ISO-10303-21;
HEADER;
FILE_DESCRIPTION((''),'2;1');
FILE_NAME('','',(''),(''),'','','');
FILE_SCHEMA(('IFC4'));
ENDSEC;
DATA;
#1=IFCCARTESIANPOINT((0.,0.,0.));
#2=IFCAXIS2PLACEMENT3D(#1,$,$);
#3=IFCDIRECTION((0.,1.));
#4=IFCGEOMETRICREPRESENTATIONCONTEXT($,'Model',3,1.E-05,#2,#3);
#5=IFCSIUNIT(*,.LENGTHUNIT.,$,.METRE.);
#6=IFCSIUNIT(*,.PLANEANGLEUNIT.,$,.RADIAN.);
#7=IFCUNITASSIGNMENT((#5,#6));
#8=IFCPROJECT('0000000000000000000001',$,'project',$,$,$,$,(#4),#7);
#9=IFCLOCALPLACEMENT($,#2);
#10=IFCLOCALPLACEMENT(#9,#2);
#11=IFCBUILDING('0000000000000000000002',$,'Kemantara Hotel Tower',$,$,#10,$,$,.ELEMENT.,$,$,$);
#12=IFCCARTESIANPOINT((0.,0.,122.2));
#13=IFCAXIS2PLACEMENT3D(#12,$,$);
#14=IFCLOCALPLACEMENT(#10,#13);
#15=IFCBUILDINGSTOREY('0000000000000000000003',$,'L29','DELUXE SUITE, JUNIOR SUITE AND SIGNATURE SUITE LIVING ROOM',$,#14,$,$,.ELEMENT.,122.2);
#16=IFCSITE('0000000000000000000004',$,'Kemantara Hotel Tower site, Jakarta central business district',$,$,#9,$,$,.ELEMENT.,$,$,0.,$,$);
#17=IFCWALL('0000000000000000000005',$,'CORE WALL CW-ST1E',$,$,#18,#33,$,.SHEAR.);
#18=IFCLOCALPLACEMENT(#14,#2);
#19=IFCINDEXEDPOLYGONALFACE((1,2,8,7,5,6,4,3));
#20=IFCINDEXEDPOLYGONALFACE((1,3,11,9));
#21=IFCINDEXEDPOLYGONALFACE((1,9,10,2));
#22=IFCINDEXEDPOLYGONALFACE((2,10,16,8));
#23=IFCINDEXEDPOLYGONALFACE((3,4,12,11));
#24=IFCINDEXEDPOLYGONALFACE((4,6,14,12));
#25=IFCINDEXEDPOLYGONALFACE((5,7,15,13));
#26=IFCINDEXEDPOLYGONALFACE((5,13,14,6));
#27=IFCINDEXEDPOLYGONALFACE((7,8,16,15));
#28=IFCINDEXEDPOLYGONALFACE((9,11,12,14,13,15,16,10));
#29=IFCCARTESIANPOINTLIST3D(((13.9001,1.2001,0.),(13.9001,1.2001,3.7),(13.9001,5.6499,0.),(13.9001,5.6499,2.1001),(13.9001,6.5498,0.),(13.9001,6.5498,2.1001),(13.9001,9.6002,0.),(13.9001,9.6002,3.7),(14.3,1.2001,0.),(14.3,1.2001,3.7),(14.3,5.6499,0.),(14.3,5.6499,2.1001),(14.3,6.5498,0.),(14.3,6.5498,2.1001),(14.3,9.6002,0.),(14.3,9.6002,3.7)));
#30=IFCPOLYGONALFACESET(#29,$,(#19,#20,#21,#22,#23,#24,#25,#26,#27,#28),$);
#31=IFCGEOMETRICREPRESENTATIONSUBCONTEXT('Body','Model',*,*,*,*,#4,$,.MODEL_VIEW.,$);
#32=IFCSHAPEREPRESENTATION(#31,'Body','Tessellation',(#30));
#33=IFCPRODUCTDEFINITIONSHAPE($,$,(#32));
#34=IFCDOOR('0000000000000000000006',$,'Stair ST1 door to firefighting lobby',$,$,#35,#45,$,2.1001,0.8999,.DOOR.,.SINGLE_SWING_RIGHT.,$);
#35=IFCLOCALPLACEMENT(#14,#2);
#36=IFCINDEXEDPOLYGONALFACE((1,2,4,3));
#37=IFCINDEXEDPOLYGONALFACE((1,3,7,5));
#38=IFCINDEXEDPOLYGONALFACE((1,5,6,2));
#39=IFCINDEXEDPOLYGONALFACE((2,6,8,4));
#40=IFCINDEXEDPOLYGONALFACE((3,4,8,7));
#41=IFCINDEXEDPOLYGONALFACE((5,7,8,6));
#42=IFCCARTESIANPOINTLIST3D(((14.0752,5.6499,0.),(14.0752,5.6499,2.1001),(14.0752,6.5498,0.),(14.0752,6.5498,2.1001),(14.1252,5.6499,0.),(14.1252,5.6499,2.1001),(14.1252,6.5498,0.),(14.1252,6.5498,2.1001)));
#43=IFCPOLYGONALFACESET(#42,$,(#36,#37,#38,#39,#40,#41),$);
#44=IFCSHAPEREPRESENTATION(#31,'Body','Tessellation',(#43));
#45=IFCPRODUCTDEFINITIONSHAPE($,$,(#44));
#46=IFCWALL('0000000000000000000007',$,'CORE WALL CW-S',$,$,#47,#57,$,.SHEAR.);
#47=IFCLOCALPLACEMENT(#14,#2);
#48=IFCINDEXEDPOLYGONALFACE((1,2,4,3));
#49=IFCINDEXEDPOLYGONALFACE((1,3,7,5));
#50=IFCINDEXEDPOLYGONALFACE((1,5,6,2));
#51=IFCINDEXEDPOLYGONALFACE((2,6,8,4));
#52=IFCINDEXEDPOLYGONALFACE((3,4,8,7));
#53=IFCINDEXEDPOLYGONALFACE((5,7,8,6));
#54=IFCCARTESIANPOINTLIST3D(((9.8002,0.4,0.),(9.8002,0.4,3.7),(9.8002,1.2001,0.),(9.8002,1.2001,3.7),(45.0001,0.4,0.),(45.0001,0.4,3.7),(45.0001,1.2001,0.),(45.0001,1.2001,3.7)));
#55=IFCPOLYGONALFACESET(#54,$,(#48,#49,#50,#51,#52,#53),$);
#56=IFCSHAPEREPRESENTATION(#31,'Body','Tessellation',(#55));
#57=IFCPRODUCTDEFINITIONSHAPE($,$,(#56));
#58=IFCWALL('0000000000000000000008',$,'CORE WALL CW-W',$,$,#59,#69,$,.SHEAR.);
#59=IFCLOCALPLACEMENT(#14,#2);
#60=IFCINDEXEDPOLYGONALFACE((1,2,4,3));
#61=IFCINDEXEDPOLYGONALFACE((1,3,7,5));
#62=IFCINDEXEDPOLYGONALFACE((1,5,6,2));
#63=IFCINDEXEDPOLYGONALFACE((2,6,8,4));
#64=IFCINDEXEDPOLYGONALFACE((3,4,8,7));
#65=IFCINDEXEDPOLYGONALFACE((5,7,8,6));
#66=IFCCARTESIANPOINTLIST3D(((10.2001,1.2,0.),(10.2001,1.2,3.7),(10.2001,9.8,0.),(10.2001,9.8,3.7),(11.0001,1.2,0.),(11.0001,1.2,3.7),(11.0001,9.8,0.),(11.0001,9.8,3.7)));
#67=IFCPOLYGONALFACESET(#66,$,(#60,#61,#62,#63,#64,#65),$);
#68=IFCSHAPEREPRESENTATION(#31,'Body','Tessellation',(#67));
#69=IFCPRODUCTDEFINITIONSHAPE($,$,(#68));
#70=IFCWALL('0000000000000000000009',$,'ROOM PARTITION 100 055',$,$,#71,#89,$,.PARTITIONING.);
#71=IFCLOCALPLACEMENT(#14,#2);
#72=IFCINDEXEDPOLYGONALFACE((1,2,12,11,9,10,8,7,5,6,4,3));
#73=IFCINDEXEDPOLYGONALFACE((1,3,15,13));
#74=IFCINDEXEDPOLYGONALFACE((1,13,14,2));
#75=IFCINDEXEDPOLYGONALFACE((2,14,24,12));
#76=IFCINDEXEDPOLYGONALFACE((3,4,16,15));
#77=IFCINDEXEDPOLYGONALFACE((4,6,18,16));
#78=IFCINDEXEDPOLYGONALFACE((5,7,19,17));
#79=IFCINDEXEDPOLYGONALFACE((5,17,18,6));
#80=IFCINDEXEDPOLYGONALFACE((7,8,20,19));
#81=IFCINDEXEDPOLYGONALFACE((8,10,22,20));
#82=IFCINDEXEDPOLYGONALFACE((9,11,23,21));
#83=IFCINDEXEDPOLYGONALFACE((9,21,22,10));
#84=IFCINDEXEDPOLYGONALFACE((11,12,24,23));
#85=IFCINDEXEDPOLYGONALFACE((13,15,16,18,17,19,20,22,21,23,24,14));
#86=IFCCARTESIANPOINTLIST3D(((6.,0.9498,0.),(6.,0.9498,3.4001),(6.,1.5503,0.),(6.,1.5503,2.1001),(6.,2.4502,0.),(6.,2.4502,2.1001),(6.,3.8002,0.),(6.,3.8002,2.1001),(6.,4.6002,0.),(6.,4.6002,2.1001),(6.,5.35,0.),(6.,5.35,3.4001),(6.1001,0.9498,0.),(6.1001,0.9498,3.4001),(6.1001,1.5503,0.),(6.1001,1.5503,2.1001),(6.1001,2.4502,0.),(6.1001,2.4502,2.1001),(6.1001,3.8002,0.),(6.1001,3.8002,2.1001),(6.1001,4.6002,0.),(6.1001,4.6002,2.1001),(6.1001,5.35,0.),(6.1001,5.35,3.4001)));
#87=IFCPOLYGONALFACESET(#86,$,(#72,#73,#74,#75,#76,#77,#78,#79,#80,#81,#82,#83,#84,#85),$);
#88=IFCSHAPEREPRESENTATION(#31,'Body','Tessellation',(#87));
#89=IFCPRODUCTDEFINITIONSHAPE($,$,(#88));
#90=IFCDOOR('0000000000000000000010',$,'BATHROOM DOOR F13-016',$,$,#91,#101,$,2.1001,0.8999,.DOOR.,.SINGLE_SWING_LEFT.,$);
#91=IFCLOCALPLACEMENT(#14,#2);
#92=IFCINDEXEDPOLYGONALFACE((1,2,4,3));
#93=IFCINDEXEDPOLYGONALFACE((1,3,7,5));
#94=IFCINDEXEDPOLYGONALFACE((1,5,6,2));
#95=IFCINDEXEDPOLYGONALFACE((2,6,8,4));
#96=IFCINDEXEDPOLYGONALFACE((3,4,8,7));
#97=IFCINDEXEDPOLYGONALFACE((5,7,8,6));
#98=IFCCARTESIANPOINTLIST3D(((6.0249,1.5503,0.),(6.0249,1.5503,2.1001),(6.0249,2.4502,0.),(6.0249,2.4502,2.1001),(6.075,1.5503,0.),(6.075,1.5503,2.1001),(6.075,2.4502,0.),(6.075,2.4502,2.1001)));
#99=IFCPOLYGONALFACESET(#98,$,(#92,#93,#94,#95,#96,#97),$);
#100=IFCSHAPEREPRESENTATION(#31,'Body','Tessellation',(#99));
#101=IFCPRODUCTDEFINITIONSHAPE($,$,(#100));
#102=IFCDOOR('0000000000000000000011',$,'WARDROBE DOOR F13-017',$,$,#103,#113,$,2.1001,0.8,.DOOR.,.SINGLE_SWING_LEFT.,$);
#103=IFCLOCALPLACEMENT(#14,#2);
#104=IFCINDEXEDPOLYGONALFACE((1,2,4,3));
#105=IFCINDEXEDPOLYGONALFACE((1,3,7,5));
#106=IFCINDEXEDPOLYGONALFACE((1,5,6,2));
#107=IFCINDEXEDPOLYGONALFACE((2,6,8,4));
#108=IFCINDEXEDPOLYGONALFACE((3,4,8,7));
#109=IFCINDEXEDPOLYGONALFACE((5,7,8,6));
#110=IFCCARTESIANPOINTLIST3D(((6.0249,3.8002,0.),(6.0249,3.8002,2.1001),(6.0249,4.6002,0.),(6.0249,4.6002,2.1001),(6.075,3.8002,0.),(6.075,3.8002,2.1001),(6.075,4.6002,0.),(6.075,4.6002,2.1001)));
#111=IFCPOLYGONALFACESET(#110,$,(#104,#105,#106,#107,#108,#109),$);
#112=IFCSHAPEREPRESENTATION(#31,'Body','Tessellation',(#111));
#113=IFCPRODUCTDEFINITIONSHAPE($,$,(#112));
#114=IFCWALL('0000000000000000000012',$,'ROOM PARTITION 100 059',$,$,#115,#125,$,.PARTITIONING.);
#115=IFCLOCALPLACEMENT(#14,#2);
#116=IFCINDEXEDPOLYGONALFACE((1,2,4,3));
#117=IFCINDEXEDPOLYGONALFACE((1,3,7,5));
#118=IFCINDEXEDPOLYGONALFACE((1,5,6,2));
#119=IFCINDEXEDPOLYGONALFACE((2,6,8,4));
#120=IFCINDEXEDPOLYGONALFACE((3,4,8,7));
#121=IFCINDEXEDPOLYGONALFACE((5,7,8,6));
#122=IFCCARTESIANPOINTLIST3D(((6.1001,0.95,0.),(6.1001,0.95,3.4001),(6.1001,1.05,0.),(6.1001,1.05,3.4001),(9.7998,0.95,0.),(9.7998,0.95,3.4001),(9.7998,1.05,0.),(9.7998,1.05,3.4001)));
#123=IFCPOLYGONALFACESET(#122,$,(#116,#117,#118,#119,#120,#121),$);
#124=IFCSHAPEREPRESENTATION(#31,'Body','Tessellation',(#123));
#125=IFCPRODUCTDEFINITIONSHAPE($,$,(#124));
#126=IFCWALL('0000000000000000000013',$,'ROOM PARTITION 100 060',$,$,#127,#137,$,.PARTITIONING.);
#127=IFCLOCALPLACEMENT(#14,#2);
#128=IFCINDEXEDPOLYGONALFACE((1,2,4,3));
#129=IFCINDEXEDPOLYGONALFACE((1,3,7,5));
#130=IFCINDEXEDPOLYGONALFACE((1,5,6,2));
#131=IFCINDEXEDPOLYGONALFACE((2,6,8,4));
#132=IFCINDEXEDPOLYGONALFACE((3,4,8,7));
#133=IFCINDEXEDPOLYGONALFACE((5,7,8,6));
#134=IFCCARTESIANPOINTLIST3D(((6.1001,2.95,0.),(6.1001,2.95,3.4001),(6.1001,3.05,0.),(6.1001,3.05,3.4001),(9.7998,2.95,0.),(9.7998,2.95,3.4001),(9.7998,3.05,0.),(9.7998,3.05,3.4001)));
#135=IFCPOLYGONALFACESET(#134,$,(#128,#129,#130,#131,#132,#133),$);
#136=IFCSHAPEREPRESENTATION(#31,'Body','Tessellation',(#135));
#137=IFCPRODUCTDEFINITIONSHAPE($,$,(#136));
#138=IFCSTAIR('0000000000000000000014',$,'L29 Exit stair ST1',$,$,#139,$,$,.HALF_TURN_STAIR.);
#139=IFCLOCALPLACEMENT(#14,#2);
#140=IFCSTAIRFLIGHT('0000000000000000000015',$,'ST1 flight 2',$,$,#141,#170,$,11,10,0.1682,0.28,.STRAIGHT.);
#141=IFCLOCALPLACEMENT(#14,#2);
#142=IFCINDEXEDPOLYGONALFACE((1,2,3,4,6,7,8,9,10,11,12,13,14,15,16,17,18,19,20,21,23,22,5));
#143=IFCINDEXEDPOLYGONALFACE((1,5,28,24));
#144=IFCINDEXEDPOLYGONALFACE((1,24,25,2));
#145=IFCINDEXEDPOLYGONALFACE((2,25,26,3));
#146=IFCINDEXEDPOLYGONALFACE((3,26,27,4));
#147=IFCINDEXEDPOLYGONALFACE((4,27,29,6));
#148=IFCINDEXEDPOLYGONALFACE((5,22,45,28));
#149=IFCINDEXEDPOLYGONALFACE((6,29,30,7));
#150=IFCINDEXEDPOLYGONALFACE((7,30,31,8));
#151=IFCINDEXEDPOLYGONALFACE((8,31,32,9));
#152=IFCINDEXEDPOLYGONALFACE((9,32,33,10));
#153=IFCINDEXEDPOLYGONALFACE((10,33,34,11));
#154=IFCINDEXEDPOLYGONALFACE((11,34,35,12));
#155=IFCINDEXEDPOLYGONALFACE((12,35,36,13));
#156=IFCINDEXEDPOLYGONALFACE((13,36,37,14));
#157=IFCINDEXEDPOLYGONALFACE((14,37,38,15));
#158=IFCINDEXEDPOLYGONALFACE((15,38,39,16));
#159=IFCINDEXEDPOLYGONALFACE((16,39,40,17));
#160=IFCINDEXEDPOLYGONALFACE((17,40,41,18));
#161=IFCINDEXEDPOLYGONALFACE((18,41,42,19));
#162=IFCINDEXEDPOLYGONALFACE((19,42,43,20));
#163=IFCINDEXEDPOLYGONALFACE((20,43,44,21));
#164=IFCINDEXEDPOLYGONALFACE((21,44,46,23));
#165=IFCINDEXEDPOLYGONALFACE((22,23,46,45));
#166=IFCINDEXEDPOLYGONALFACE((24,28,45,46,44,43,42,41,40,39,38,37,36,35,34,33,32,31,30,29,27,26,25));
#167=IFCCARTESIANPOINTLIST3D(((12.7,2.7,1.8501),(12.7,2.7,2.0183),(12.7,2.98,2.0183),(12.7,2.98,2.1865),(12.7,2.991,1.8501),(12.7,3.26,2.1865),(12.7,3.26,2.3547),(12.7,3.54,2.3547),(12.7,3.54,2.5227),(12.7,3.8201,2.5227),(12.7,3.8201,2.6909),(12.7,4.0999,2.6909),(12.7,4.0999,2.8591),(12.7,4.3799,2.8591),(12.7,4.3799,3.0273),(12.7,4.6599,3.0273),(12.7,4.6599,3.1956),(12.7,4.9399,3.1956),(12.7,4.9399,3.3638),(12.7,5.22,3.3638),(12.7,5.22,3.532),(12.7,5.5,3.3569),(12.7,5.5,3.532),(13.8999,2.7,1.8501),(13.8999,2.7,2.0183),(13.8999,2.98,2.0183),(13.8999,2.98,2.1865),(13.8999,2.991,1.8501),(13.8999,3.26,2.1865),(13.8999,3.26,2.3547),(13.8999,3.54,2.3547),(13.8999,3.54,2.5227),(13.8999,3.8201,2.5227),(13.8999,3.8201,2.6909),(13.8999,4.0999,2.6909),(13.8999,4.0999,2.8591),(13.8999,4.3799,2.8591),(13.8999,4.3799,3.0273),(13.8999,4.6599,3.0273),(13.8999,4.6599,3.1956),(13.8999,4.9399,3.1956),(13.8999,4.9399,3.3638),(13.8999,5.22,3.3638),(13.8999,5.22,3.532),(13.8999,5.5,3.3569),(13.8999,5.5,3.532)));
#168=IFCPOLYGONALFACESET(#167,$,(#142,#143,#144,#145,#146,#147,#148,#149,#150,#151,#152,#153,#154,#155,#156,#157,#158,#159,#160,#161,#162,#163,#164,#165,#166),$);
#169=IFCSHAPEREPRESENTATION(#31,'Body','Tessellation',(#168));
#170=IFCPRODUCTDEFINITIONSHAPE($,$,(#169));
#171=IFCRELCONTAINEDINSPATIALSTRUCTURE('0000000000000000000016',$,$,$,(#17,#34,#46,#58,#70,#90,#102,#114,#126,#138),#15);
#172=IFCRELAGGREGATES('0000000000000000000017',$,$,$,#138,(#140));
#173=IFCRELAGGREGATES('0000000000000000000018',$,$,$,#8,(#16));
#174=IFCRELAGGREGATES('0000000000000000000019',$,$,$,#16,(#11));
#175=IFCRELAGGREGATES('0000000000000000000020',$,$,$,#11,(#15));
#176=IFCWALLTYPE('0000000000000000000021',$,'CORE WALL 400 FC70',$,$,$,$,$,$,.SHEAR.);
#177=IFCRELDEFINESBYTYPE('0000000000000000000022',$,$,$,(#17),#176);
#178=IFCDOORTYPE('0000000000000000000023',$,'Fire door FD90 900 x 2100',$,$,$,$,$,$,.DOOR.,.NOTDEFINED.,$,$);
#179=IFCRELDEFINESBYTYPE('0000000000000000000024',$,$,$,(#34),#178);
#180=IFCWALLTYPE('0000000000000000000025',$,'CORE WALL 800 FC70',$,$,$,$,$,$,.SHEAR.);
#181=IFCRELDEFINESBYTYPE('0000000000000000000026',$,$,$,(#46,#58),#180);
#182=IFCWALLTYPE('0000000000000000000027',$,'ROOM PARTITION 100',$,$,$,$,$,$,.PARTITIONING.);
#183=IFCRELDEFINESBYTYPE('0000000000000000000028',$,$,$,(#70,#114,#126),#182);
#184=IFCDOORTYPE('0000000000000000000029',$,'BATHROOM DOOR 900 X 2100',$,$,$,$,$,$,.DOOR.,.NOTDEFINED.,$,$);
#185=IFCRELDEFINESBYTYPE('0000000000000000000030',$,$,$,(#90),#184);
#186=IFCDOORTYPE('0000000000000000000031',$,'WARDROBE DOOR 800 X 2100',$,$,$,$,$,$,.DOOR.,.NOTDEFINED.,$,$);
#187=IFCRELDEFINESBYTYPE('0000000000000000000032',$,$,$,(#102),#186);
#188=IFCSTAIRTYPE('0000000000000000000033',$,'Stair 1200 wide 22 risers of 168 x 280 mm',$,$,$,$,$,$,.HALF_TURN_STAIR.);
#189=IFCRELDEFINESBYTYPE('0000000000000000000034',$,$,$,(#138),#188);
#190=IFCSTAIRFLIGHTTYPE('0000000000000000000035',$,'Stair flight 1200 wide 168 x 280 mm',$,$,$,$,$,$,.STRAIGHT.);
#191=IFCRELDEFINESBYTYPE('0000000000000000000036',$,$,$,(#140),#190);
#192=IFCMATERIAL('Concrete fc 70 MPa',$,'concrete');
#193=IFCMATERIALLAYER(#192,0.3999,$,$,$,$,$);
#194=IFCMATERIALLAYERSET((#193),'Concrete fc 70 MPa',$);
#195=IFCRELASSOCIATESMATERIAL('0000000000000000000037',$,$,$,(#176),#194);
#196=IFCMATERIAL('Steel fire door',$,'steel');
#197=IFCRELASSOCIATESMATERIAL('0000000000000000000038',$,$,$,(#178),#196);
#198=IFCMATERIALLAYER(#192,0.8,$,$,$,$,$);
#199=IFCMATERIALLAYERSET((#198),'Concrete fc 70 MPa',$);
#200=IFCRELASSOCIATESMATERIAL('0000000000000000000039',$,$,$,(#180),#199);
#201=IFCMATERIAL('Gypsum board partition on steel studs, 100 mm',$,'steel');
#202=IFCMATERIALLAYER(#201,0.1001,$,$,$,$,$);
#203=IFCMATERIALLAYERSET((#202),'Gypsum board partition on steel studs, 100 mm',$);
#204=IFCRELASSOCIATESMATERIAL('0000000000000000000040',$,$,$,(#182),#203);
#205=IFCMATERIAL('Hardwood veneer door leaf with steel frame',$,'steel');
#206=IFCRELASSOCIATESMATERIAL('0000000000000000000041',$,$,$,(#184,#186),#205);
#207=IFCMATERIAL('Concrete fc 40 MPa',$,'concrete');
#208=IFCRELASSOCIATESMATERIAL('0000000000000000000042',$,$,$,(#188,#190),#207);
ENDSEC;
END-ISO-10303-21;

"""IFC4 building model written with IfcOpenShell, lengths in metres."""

from ifc_helpers import new_model, si_unit, direction, frame, frame_2d, origin, place, context, subcontext, project, spatial, polyline, rectangle, outline, extrude, material, layer, layer_set, type_object, element, fill, aggregate, save


model = new_model("IFC4")

# Units and contexts
model_context = context("Model", 3, precision=1e-05, world=origin(), true_north=direction((0.0, 1.0)))
body_context = subcontext(model_context, "Body", "Model", "MODEL_VIEW")
ifc_project = project(units=[si_unit("LENGTHUNIT", "METRE"), si_unit("PLANEANGLEUNIT", "RADIAN")], contexts=[model_context])

# Site, building, storey
site_placement = place(None, origin())
site = spatial("IfcSite", under=ifc_project, at=site_placement, Name="Kemantara Hotel Tower site, Jakarta central business district", CompositionType="ELEMENT", RefElevation=0.0)
building_placement = place(site_placement, origin())
building = spatial("IfcBuilding", under=site, at=building_placement, Name="Kemantara Hotel Tower", CompositionType="ELEMENT")
storey_placement = place(building_placement, frame((0.0, 0.0, 122.2)))
storey = spatial("IfcBuildingStorey", under=building, at=storey_placement, Name="L29", Description="DELUXE SUITE, JUNIOR SUITE AND SIGNATURE SUITE LIVING ROOM", CompositionType="ELEMENT", Elevation=122.2)

# Shared definitions
ifc_material_1 = material(Name="Concrete fc 70 MPa", Category="concrete")
ifc_layer_1 = layer(ifc_material_1, 0.3999)
ifc_layer_set_1 = layer_set([ifc_layer_1], Name="Concrete fc 70 MPa")
wall_type_1 = type_object("IfcWallType", Name="CORE WALL 400 FC70", PredefinedType="SHEAR", material=ifc_layer_set_1)
ifc_material_2 = material(Name="Steel fire door", Category="steel")

# Wall, opening, door
wall_1_placement = place(storey_placement, frame((14.1001, 1.2, 0.0), z_axis=(0.0, 0.0, 1.0), x_axis=(0.0, 1.0, 0.0)))
wall_1 = element("IfcWall", 1, at=wall_1_placement, inside=storey, type_object=wall_type_1, Name="CORE WALL CW-ST1E", PredefinedType="SHEAR", context=body_context, shape_type="SweptSolid", body=[
    extrude(rectangle(XDim=8.4001, YDim=0.3999, at=frame_2d((4.2002, 0.0))), origin(), (0.0, 0.0, 1.0), 3.7),
])
opening_1_placement = place(wall_1_placement, frame((4.45, 0.0, 0.0)))
opening_1 = element("IfcOpeningElement", 2, at=opening_1_placement, cuts=wall_1, PredefinedType="OPENING", context=body_context, shape_type="SweptSolid", body=[
    extrude(rectangle(XDim=0.8999, YDim=2.1001, at=frame_2d((0.45, 1.05))), frame((0.0, 0.21, 0.0), z_axis=(0.0, -1.0, 0.0), x_axis=(1.0, 0.0, 0.0)), (0.0, 0.0, 1.0), 0.4199),
])
door_type_1 = type_object("IfcDoorType", Name="Fire door FD90 900 x 2100", OperationType="NOTDEFINED", PredefinedType="DOOR", material=ifc_material_2)
door_1_placement = place(opening_1_placement, origin())
door_1 = element("IfcDoor", 3, at=door_1_placement, inside=storey, type_object=door_type_1, Name="Stair ST1 door to firefighting lobby", OperationType="SINGLE_SWING_RIGHT", OverallHeight=2.1001, OverallWidth=0.8999, PredefinedType="DOOR", context=body_context, shape_type="SweptSolid", body=[
    extrude(rectangle(XDim=0.8999, YDim=2.1001, at=frame_2d((0.45, 1.05))), frame((0.0, 0.0249, 0.0), z_axis=(0.0, -1.0, 0.0), x_axis=(1.0, 0.0, 0.0)), (0.0, 0.0, 1.0), 0.05),
])
fill(opening_1, door_1)

# Walls
ifc_layer_2 = layer(ifc_material_1, 0.8)
ifc_layer_set_2 = layer_set([ifc_layer_2], Name="Concrete fc 70 MPa")
wall_type_2 = type_object("IfcWallType", Name="CORE WALL 800 FC70", PredefinedType="SHEAR", material=ifc_layer_set_2)
wall_2_placement = place(storey_placement, frame((9.8, 0.8, 0.0), z_axis=(0.0, 0.0, 1.0), x_axis=(1.0, 0.0, 0.0)))
element("IfcWall", 4, at=wall_2_placement, inside=storey, type_object=wall_type_2, Name="CORE WALL CW-S", PredefinedType="SHEAR", context=body_context, shape_type="SweptSolid", body=[
    extrude(rectangle(XDim=35.2, YDim=0.8, at=frame_2d((17.6001, 0.0))), origin(), (0.0, 0.0, 1.0), 3.7),
])
wall_3_placement = place(storey_placement, frame((10.6001, 1.2, 0.0), z_axis=(0.0, 0.0, 1.0), x_axis=(0.0, 1.0, 0.0)))
element("IfcWall", 5, at=wall_3_placement, inside=storey, type_object=wall_type_2, Name="CORE WALL CW-W", PredefinedType="SHEAR", context=body_context, shape_type="SweptSolid", body=[
    extrude(rectangle(XDim=8.6001, YDim=0.8, at=frame_2d((4.3, 0.0))), origin(), (0.0, 0.0, 1.0), 3.7),
])

# Wall, openings, doors
ifc_material_3 = material(Name="Gypsum board partition on steel studs, 100 mm", Category="steel")
ifc_layer_3 = layer(ifc_material_3, 0.1001)
ifc_layer_set_3 = layer_set([ifc_layer_3], Name="Gypsum board partition on steel studs, 100 mm")
wall_type_3 = type_object("IfcWallType", Name="ROOM PARTITION 100", PredefinedType="PARTITIONING", material=ifc_layer_set_3)
wall_4_placement = place(storey_placement, frame((6.05, 5.3501, 0.0), z_axis=(0.0, 0.0, 1.0), x_axis=(0.0, -1.0, 0.0)))
wall_4 = element("IfcWall", 6, at=wall_4_placement, inside=storey, type_object=wall_type_3, Name="ROOM PARTITION 100 055", PredefinedType="PARTITIONING", context=body_context, shape_type="SweptSolid", body=[
    extrude(rectangle(XDim=4.4001, YDim=0.1001, at=frame_2d((2.2002, 0.0))), origin(), (0.0, 0.0, 1.0), 3.4001),
])
opening_2_placement = place(wall_4_placement, frame((2.8999, 0.0, 0.0)))
opening_2 = element("IfcOpeningElement", 7, at=opening_2_placement, cuts=wall_4, PredefinedType="OPENING", context=body_context, shape_type="SweptSolid", body=[
    extrude(rectangle(XDim=0.8999, YDim=2.1001, at=frame_2d((0.45, 1.05))), frame((0.0, 0.0601, 0.0), z_axis=(0.0, -1.0, 0.0), x_axis=(1.0, 0.0, 0.0)), (0.0, 0.0, 1.0), 0.1201),
])
opening_3_placement = place(wall_4_placement, frame((0.75, 0.0, 0.0)))
opening_3 = element("IfcOpeningElement", 8, at=opening_3_placement, cuts=wall_4, PredefinedType="OPENING", context=body_context, shape_type="SweptSolid", body=[
    extrude(rectangle(XDim=0.8, YDim=2.1001, at=frame_2d((0.3999, 1.05))), frame((0.0, 0.0601, 0.0), z_axis=(0.0, -1.0, 0.0), x_axis=(1.0, 0.0, 0.0)), (0.0, 0.0, 1.0), 0.1201),
])
ifc_material_4 = material(Name="Hardwood veneer door leaf with steel frame", Category="steel")
door_type_2 = type_object("IfcDoorType", Name="BATHROOM DOOR 900 X 2100", OperationType="NOTDEFINED", PredefinedType="DOOR", material=ifc_material_4)
door_2_placement = place(opening_2_placement, origin())
door_2 = element("IfcDoor", 9, at=door_2_placement, inside=storey, type_object=door_type_2, Name="BATHROOM DOOR F13-016", OperationType="SINGLE_SWING_LEFT", OverallHeight=2.1001, OverallWidth=0.8999, PredefinedType="DOOR", context=body_context, shape_type="SweptSolid", body=[
    extrude(rectangle(XDim=0.8999, YDim=2.1001, at=frame_2d((0.45, 1.05))), frame((0.0, 0.0249, 0.0), z_axis=(0.0, -1.0, 0.0), x_axis=(1.0, 0.0, 0.0)), (0.0, 0.0, 1.0), 0.05),
])
fill(opening_2, door_2)
door_type_3 = type_object("IfcDoorType", Name="WARDROBE DOOR 800 X 2100", OperationType="NOTDEFINED", PredefinedType="DOOR", material=ifc_material_4)
door_3_placement = place(opening_3_placement, origin())
door_3 = element("IfcDoor", 10, at=door_3_placement, inside=storey, type_object=door_type_3, Name="WARDROBE DOOR F13-017", OperationType="SINGLE_SWING_LEFT", OverallHeight=2.1001, OverallWidth=0.8, PredefinedType="DOOR", context=body_context, shape_type="SweptSolid", body=[
    extrude(rectangle(XDim=0.8, YDim=2.1001, at=frame_2d((0.3999, 1.05))), frame((0.0, 0.0249, 0.0), z_axis=(0.0, -1.0, 0.0), x_axis=(1.0, 0.0, 0.0)), (0.0, 0.0, 1.0), 0.05),
])
fill(opening_3, door_3)

# Walls
for number, where, z_axis, x_axis, name in (
    (11, (6.1001, 1.0, 0.0), (0.0, 0.0, 1.0), (1.0, 0.0, 0.0), "ROOM PARTITION 100 059"),
    (12, (6.1001, 3.0, 0.0), (0.0, 0.0, 1.0), (1.0, 0.0, 0.0), "ROOM PARTITION 100 060"),
):
    element("IfcWall", number, at=place(storey_placement, frame(where, z_axis=z_axis, x_axis=x_axis)), inside=storey, type_object=wall_type_3, Name=name, PredefinedType="PARTITIONING", context=body_context, shape_type="SweptSolid", body=[
        extrude(rectangle(XDim=3.6997, YDim=0.1001, at=frame_2d((1.8499, 0.0))), origin(), (0.0, 0.0, 1.0), 3.4001),
    ])

# Stair, stair flight
ifc_material_5 = material(Name="Concrete fc 40 MPa", Category="concrete")
stair_type = type_object("IfcStairType", Name="Stair 1200 wide 22 risers of 168 x 280 mm", PredefinedType="HALF_TURN_STAIR", material=ifc_material_5)
stair_placement = place(storey_placement, origin())
stair = element("IfcStair", 13, at=stair_placement, inside=storey, type_object=stair_type, Name="L29 Exit stair ST1", PredefinedType="HALF_TURN_STAIR")
stair_flight_type = type_object("IfcStairFlightType", Name="Stair flight 1200 wide 168 x 280 mm", PredefinedType="STRAIGHT", material=ifc_material_5)
stair_flight_placement = place(storey_placement, frame((13.3, 2.7, 1.8501), z_axis=(0.0, 0.0, 1.0), x_axis=(0.0, 1.0, 0.0)))
stair_flight = element("IfcStairFlight", 14, at=stair_flight_placement, type_object=stair_flight_type, Name="ST1 flight 2", NumberOfRisers=11, NumberOfTreads=10, PredefinedType="STRAIGHT", RiserHeight=0.1682, TreadLength=0.28, context=body_context, shape_type="SweptSolid", body=[
    extrude(outline(polyline([(0.0, 0.0), (0.0, 0.1682), (0.28, 0.1682), (0.28, 0.3364), (0.5601, 0.3364), (0.5601, 0.5046), (0.8401, 0.5046), (0.8401, 0.6726), (1.1201, 0.6726), (1.1201, 0.8408), (1.3999, 0.8408), (1.3999, 1.009), (1.6799, 1.009), (1.6799, 1.1772), (1.96, 1.1772), (1.96, 1.3455), (2.24, 1.3455), (2.24, 1.5137), (2.52, 1.5137), (2.52, 1.6819), (2.8, 1.6819), (2.8, 1.8501), (2.8, 1.5068), (0.291, 0.0), (0.0, 0.0)])), frame((0.0, 0.6001, 0.0), z_axis=(0.0, -1.0, 0.0), x_axis=(1.0, 0.0, 0.0)), (0.0, 0.0, 1.0), 1.2),
])
aggregate(stair, [stair_flight])

save(model, "model.ifc")
